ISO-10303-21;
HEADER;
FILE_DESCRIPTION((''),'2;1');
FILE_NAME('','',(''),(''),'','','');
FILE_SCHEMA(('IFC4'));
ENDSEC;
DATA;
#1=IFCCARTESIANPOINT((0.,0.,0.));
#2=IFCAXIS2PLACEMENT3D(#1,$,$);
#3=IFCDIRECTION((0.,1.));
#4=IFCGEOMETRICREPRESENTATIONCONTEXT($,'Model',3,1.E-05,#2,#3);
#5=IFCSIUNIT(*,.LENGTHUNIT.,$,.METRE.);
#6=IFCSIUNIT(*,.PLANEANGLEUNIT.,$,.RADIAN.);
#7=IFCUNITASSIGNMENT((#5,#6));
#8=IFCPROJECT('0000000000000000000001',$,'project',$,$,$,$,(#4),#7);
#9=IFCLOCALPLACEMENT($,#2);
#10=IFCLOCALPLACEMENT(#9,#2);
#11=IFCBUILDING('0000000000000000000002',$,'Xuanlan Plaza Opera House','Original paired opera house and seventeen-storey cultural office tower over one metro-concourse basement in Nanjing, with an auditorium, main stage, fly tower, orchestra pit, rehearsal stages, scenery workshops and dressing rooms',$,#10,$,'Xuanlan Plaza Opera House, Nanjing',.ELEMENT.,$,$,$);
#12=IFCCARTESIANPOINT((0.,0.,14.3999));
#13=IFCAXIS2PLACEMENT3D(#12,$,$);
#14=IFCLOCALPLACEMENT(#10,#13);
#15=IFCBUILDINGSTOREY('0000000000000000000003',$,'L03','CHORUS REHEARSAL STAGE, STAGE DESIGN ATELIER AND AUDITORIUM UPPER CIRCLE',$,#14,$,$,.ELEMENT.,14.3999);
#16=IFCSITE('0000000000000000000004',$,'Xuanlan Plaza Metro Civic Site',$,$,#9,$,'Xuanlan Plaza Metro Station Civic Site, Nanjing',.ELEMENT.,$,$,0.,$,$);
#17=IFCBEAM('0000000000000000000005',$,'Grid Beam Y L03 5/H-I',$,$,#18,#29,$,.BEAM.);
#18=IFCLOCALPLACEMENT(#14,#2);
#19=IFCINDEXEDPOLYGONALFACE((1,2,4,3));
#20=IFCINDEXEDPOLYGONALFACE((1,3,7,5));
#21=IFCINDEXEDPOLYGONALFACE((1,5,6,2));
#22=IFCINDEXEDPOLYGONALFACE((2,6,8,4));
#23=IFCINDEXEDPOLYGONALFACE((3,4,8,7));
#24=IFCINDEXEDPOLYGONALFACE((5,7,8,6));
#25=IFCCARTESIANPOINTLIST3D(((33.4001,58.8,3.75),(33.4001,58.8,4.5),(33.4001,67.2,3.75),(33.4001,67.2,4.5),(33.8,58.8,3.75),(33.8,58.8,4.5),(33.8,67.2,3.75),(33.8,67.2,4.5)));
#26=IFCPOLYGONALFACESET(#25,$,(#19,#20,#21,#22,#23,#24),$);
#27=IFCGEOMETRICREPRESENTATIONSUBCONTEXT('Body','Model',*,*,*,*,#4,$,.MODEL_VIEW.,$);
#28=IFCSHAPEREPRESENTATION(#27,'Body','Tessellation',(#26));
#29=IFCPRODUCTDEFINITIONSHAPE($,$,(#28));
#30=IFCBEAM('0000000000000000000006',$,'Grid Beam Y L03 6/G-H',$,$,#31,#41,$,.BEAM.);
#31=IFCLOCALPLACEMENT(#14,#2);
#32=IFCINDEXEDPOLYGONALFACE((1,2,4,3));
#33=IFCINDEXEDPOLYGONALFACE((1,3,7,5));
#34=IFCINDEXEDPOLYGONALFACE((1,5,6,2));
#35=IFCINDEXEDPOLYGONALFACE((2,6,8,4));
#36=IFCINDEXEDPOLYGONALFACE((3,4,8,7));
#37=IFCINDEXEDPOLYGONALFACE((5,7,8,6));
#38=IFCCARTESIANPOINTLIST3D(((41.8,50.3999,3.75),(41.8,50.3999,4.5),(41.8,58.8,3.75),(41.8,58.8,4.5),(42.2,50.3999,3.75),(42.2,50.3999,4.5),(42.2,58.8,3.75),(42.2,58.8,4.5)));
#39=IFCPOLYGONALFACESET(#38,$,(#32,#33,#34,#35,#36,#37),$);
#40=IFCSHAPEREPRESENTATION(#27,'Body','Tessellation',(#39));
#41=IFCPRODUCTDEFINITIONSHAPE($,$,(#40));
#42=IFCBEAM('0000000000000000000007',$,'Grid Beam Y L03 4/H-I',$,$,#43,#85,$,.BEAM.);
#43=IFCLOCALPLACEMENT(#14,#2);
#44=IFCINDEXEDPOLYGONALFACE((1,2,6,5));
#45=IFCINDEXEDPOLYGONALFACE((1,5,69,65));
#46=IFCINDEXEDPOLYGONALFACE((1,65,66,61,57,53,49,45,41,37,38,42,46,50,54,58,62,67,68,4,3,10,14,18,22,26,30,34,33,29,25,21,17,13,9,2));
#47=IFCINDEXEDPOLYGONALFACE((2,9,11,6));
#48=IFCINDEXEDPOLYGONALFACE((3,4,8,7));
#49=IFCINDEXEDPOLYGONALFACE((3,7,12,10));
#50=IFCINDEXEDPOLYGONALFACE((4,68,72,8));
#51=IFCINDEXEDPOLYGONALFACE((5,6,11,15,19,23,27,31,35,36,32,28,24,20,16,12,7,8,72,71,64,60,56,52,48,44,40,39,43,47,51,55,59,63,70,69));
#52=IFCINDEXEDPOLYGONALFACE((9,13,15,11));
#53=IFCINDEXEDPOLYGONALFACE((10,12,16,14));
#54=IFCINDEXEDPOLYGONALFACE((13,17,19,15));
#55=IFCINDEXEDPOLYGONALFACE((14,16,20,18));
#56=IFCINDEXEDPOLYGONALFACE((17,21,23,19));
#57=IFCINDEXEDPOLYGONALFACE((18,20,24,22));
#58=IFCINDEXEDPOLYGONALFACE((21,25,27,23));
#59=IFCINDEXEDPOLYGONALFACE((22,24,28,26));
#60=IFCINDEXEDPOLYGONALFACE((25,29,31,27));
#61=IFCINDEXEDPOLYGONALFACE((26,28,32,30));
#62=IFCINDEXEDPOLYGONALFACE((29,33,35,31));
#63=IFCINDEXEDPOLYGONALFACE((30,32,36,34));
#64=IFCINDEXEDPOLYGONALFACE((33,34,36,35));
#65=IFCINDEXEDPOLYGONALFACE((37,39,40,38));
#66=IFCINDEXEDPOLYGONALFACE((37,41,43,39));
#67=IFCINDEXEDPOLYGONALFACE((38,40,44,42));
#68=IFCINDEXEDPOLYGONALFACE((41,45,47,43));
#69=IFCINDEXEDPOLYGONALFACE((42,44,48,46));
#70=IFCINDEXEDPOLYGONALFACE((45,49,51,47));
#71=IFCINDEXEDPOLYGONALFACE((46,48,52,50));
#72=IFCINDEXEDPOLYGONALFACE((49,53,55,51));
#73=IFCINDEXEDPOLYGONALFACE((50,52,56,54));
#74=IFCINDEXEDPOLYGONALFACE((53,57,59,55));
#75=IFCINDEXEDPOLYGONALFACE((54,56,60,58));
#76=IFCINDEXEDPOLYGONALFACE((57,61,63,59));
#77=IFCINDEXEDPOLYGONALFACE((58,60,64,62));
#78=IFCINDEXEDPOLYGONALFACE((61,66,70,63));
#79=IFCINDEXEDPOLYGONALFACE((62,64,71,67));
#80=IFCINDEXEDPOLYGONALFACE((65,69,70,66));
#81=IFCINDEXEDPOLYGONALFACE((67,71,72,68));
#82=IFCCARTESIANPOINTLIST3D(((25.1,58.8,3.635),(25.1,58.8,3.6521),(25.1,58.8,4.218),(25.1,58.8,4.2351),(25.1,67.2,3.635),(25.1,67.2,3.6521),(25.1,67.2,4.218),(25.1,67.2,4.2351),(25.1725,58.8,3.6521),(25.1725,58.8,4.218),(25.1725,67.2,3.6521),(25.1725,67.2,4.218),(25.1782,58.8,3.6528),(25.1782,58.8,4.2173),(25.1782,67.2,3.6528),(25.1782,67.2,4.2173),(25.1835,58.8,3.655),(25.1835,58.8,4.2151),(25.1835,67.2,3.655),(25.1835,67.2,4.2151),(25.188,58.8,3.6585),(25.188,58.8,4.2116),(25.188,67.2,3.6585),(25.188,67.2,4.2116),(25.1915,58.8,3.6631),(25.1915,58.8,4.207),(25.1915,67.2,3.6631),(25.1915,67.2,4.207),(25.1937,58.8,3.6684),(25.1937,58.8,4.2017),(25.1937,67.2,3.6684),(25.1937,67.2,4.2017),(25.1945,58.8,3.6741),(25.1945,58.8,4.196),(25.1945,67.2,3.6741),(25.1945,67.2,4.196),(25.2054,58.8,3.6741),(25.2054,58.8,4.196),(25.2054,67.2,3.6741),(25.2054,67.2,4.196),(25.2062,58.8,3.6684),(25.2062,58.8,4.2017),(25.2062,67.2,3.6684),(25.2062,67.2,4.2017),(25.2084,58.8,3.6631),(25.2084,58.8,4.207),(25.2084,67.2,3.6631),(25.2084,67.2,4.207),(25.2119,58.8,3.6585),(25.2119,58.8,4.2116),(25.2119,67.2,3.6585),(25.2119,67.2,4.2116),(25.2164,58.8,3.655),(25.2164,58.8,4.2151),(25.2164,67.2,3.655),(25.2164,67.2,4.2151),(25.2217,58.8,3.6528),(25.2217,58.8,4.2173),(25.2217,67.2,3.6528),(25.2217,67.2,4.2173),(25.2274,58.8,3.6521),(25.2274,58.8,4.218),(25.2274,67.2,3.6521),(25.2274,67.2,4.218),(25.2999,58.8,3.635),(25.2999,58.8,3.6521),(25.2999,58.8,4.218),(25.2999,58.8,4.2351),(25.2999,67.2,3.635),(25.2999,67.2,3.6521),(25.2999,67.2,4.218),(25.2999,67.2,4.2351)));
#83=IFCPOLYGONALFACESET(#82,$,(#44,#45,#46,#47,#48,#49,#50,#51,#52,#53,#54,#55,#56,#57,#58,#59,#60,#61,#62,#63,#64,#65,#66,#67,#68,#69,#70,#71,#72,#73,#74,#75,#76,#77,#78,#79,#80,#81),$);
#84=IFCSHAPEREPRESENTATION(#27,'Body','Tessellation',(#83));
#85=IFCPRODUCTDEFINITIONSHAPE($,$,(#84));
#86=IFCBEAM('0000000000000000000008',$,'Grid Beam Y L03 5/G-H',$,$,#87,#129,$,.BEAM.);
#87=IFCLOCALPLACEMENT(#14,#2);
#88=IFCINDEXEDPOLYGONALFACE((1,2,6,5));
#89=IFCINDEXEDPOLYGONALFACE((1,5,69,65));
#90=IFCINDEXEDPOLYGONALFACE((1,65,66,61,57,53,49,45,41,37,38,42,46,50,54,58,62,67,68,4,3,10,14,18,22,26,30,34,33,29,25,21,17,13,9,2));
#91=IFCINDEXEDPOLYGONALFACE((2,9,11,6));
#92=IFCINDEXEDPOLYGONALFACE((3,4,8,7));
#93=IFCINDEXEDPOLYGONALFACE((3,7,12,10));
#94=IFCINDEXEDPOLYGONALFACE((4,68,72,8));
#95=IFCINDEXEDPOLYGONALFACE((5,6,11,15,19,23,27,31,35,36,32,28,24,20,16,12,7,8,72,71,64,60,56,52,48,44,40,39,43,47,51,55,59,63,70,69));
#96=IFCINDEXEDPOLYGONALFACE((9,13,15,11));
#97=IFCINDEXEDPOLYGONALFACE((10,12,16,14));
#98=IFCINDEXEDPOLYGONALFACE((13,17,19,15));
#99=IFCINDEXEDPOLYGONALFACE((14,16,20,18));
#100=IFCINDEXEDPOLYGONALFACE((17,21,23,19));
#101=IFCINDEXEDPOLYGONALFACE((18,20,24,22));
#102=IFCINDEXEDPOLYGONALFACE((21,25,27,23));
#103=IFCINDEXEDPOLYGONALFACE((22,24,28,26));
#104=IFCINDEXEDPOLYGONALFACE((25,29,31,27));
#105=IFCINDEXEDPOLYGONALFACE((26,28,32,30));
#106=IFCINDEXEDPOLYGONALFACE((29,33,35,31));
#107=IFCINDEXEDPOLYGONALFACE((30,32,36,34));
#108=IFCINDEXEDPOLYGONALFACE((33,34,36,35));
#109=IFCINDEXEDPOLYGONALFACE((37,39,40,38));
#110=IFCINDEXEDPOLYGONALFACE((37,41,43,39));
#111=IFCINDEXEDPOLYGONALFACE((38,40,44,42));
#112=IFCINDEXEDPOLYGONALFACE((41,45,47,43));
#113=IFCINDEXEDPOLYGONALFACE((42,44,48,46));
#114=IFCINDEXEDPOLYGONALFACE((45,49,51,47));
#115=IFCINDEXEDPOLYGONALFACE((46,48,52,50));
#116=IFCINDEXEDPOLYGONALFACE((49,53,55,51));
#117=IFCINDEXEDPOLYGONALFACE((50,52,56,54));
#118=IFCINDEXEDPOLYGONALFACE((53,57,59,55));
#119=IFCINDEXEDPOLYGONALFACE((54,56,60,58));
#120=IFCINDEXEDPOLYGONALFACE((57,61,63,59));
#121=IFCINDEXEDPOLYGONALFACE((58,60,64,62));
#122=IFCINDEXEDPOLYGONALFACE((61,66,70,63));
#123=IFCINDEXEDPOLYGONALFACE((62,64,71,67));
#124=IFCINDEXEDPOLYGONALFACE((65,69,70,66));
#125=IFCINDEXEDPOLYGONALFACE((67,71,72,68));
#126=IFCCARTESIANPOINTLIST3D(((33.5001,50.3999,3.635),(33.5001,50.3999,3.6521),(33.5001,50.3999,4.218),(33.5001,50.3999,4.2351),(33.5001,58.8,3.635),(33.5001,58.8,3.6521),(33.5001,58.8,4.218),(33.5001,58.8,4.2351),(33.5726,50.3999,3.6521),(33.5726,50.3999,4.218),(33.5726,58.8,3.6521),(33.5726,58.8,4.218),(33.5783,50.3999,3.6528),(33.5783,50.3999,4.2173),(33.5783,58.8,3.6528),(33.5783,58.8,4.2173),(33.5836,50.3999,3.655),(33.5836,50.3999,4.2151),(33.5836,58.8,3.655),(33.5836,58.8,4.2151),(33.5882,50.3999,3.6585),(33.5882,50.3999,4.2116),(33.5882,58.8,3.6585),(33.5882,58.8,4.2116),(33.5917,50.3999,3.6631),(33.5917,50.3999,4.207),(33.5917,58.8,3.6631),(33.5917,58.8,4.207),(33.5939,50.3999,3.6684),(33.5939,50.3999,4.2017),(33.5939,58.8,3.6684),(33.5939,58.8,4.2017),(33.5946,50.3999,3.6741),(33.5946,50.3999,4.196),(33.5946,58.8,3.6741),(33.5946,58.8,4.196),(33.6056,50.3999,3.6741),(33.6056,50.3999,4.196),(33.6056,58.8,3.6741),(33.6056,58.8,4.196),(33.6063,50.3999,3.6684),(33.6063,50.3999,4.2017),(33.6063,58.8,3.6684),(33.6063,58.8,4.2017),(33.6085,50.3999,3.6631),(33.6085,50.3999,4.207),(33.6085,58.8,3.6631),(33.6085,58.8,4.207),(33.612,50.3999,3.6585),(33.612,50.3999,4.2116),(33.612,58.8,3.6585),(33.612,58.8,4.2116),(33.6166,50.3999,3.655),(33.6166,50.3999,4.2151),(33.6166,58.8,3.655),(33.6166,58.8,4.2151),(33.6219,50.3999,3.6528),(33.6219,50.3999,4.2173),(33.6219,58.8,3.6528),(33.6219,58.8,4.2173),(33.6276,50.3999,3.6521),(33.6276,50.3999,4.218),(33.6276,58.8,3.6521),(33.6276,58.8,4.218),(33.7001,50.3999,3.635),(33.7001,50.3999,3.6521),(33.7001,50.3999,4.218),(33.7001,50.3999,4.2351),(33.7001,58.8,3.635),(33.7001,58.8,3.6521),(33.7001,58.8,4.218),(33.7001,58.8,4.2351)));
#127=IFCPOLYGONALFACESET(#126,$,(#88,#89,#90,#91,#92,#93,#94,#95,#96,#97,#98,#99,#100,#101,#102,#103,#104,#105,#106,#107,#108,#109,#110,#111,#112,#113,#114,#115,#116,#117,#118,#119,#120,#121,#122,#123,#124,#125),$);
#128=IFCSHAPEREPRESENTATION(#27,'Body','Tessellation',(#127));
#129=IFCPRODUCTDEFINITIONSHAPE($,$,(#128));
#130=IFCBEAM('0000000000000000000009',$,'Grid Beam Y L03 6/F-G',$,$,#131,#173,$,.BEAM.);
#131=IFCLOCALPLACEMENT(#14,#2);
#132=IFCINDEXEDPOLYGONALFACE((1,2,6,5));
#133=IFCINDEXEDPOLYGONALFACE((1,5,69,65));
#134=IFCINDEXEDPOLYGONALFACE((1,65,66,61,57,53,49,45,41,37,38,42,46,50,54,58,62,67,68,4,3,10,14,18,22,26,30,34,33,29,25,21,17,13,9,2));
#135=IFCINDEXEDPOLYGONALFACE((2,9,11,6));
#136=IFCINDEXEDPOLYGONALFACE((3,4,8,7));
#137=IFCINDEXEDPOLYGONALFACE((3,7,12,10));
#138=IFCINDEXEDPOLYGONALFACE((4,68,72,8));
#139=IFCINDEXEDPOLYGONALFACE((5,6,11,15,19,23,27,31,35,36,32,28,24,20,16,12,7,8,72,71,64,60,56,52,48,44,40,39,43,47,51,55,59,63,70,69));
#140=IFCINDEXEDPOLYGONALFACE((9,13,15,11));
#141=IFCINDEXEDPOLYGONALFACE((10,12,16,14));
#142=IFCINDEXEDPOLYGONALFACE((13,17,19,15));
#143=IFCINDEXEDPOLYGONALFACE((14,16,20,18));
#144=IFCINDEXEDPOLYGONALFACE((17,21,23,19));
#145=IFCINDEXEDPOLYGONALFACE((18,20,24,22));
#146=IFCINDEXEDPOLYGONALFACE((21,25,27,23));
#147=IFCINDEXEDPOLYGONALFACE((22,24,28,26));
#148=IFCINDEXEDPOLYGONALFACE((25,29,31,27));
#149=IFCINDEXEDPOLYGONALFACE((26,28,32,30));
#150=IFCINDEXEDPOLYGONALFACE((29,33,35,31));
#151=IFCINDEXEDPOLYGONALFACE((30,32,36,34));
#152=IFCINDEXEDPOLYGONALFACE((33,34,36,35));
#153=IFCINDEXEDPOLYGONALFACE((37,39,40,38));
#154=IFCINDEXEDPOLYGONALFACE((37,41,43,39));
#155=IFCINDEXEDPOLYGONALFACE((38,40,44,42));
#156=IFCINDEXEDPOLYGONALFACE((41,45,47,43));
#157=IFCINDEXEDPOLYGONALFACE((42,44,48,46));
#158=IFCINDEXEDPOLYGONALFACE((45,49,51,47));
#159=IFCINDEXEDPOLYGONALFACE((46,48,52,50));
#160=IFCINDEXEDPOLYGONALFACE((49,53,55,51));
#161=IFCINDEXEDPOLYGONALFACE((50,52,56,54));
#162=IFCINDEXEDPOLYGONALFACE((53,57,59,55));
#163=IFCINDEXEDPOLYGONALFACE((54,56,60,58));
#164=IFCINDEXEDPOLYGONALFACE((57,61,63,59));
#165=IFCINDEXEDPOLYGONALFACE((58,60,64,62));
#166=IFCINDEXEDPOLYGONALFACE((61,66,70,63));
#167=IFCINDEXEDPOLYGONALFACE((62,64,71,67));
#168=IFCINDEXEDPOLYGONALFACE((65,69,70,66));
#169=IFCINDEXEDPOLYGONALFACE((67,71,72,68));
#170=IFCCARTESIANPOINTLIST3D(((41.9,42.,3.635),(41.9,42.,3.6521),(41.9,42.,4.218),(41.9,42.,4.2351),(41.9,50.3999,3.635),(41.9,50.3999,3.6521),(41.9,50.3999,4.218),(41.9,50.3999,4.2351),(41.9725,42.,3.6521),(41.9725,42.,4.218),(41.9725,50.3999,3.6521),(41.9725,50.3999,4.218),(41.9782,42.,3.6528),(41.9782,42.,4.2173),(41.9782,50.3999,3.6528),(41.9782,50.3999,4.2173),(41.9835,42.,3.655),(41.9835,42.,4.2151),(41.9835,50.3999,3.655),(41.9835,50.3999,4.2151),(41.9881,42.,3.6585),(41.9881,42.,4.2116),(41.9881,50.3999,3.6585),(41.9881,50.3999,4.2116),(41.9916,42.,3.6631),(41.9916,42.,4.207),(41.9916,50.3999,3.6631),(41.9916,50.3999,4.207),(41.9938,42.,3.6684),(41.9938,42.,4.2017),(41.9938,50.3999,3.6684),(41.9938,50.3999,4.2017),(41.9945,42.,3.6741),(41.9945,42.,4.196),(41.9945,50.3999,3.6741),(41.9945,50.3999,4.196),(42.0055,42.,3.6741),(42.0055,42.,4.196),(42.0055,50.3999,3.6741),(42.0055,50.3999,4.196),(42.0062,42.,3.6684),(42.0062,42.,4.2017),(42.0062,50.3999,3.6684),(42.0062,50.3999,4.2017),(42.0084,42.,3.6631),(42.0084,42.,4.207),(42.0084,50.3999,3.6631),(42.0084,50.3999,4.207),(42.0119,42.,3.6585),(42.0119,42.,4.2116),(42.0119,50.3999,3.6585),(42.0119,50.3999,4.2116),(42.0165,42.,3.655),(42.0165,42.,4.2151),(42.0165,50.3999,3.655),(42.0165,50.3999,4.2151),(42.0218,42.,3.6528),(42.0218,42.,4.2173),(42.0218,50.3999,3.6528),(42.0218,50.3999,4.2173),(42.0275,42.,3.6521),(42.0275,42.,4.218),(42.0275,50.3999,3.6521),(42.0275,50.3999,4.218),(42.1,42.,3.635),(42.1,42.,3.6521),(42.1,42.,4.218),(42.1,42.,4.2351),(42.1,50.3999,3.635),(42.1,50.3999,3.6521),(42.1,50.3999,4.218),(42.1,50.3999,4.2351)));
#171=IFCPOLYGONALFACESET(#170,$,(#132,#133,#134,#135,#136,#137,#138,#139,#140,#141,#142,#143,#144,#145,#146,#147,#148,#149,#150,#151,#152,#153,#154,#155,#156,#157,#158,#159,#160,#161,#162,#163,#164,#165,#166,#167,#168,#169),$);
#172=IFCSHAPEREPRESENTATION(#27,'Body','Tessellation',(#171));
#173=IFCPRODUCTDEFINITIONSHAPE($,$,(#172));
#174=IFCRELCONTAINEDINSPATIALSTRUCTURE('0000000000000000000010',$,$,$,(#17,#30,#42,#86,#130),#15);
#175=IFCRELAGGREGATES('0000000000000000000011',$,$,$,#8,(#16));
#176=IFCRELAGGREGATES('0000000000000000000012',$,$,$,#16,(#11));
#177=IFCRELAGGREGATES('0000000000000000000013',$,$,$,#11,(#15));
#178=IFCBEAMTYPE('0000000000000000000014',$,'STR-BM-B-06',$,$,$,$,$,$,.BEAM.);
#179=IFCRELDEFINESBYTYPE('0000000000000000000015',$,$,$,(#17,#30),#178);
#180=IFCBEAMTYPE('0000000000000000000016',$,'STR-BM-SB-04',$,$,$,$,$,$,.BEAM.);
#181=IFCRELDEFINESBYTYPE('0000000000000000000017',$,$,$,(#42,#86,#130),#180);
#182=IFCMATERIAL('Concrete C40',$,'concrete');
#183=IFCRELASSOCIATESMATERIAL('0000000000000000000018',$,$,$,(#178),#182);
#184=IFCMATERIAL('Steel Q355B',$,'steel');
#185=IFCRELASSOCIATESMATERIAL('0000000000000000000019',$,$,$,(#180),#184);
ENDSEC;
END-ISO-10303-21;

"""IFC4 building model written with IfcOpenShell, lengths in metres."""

from ifc_helpers import new_model, si_unit, direction, frame, origin, origin_2d, place, context, subcontext, project, spatial, rectangle, i_section, extrude, material, material_profile, profile_set, type_object, element, save


model = new_model("IFC4")

# Units and contexts
model_context = context("Model", 3, precision=1e-05, world=origin(), true_north=direction((0.0, 1.0)))
body_context = subcontext(model_context, "Body", "Model", "MODEL_VIEW")
ifc_project = project(units=[si_unit("LENGTHUNIT", "METRE"), si_unit("PLANEANGLEUNIT", "RADIAN")], contexts=[model_context])

# Site, building, storey
site_placement = place(None, origin())
site = spatial("IfcSite", under=ifc_project, at=site_placement, Name="Xuanlan Plaza Metro Civic Site", LongName="Xuanlan Plaza Metro Station Civic Site, Nanjing", CompositionType="ELEMENT", RefElevation=0.0)
building_placement = place(site_placement, origin())
building = spatial("IfcBuilding", under=site, at=building_placement, Name="Xuanlan Plaza Opera House", Description="Original paired opera house and seventeen-storey cultural office tower over one metro-concourse basement in Nanjing, with an auditorium, main stage, fly tower, orchestra pit, rehearsal stages, scenery workshops and dressing rooms", LongName="Xuanlan Plaza Opera House, Nanjing", CompositionType="ELEMENT")
storey_placement = place(building_placement, frame((0.0, 0.0, 14.3999)))
storey = spatial("IfcBuildingStorey", under=building, at=storey_placement, Name="L03", Description="CHORUS REHEARSAL STAGE, STAGE DESIGN ATELIER AND AUDITORIUM UPPER CIRCLE", CompositionType="ELEMENT", Elevation=14.3999)

# Shared definitions
ifc_material_1 = material(Name="Concrete C40", Category="concrete")

# Beams
ifc_material_profile_1 = material_profile(ifc_material_1, rectangle(XDim=0.3999, YDim=0.75, at=origin_2d()), Name="RC-BM 400x750")
ifc_profile_set_1 = profile_set([ifc_material_profile_1], Name="Concrete C40")
beam_type_1 = type_object("IfcBeamType", Name="STR-BM-B-06", PredefinedType="BEAM", material=ifc_profile_set_1)
beam_1_placement = place(storey_placement, frame((33.6001, 58.8, 4.125), z_axis=(0.0, 1.0, 0.0), x_axis=(-1.0, 0.0, 0.0)))
element("IfcBeam", 1, at=beam_1_placement, inside=storey, type_object=beam_type_1, Name="Grid Beam Y L03 5/H-I", PredefinedType="BEAM", context=body_context, shape_type="SweptSolid", body=[
    extrude(rectangle(XDim=0.3999, YDim=0.75, at=origin_2d()), origin(), (0.0, 0.0, 1.0), 8.3999),
])
beam_2_placement = place(storey_placement, frame((42.0, 50.3999, 4.125), z_axis=(0.0, 1.0, 0.0), x_axis=(-1.0, 0.0, 0.0)))
element("IfcBeam", 2, at=beam_2_placement, inside=storey, type_object=beam_type_1, Name="Grid Beam Y L03 6/G-H", PredefinedType="BEAM", context=body_context, shape_type="SweptSolid", body=[
    extrude(rectangle(XDim=0.3999, YDim=0.75, at=origin_2d()), origin(), (0.0, 0.0, 1.0), 8.4001),
])
ifc_material_2 = material(Name="Steel Q355B", Category="steel")
ifc_material_profile_2 = material_profile(ifc_material_2, i_section(OverallWidth=0.2, OverallDepth=0.6001, WebThickness=0.011, FlangeThickness=0.0171, FilletRadius=0.022, at=origin_2d()), Name="HN 600x200x11x17")
ifc_profile_set_2 = profile_set([ifc_material_profile_2], Name="Steel Q355B")
beam_type_2 = type_object("IfcBeamType", Name="STR-BM-SB-04", PredefinedType="BEAM", material=ifc_profile_set_2)
beam_3_placement = place(storey_placement, frame((25.2, 58.8, 3.9351), z_axis=(0.0, 1.0, 0.0), x_axis=(-1.0, 0.0, 0.0)))
element("IfcBeam", 3, at=beam_3_placement, inside=storey, type_object=beam_type_2, Name="Grid Beam Y L03 4/H-I", PredefinedType="BEAM", context=body_context, shape_type="SweptSolid", body=[
    extrude(i_section(OverallWidth=0.2, OverallDepth=0.6001, WebThickness=0.011, FlangeThickness=0.0171, FilletRadius=0.022, at=origin_2d()), origin(), (0.0, 0.0, 1.0), 8.3999),
])
beam_4_placement = place(storey_placement, frame((33.6001, 50.3999, 3.9351), z_axis=(0.0, 1.0, 0.0), x_axis=(-1.0, 0.0, 0.0)))
element("IfcBeam", 4, at=beam_4_placement, inside=storey, type_object=beam_type_2, Name="Grid Beam Y L03 5/G-H", PredefinedType="BEAM", context=body_context, shape_type="SweptSolid", body=[
    extrude(i_section(OverallWidth=0.2, OverallDepth=0.6001, WebThickness=0.011, FlangeThickness=0.0171, FilletRadius=0.022, at=origin_2d()), origin(), (0.0, 0.0, 1.0), 8.4001),
])
beam_5_placement = place(storey_placement, frame((42.0, 42.0, 3.9351), z_axis=(0.0, 1.0, 0.0), x_axis=(-1.0, 0.0, 0.0)))
element("IfcBeam", 5, at=beam_5_placement, inside=storey, type_object=beam_type_2, Name="Grid Beam Y L03 6/F-G", PredefinedType="BEAM", context=body_context, shape_type="SweptSolid", body=[
    extrude(i_section(OverallWidth=0.2, OverallDepth=0.6001, WebThickness=0.011, FlangeThickness=0.0171, FilletRadius=0.022, at=origin_2d()), origin(), (0.0, 0.0, 1.0), 8.3999),
])

save(model, "model.ifc")
